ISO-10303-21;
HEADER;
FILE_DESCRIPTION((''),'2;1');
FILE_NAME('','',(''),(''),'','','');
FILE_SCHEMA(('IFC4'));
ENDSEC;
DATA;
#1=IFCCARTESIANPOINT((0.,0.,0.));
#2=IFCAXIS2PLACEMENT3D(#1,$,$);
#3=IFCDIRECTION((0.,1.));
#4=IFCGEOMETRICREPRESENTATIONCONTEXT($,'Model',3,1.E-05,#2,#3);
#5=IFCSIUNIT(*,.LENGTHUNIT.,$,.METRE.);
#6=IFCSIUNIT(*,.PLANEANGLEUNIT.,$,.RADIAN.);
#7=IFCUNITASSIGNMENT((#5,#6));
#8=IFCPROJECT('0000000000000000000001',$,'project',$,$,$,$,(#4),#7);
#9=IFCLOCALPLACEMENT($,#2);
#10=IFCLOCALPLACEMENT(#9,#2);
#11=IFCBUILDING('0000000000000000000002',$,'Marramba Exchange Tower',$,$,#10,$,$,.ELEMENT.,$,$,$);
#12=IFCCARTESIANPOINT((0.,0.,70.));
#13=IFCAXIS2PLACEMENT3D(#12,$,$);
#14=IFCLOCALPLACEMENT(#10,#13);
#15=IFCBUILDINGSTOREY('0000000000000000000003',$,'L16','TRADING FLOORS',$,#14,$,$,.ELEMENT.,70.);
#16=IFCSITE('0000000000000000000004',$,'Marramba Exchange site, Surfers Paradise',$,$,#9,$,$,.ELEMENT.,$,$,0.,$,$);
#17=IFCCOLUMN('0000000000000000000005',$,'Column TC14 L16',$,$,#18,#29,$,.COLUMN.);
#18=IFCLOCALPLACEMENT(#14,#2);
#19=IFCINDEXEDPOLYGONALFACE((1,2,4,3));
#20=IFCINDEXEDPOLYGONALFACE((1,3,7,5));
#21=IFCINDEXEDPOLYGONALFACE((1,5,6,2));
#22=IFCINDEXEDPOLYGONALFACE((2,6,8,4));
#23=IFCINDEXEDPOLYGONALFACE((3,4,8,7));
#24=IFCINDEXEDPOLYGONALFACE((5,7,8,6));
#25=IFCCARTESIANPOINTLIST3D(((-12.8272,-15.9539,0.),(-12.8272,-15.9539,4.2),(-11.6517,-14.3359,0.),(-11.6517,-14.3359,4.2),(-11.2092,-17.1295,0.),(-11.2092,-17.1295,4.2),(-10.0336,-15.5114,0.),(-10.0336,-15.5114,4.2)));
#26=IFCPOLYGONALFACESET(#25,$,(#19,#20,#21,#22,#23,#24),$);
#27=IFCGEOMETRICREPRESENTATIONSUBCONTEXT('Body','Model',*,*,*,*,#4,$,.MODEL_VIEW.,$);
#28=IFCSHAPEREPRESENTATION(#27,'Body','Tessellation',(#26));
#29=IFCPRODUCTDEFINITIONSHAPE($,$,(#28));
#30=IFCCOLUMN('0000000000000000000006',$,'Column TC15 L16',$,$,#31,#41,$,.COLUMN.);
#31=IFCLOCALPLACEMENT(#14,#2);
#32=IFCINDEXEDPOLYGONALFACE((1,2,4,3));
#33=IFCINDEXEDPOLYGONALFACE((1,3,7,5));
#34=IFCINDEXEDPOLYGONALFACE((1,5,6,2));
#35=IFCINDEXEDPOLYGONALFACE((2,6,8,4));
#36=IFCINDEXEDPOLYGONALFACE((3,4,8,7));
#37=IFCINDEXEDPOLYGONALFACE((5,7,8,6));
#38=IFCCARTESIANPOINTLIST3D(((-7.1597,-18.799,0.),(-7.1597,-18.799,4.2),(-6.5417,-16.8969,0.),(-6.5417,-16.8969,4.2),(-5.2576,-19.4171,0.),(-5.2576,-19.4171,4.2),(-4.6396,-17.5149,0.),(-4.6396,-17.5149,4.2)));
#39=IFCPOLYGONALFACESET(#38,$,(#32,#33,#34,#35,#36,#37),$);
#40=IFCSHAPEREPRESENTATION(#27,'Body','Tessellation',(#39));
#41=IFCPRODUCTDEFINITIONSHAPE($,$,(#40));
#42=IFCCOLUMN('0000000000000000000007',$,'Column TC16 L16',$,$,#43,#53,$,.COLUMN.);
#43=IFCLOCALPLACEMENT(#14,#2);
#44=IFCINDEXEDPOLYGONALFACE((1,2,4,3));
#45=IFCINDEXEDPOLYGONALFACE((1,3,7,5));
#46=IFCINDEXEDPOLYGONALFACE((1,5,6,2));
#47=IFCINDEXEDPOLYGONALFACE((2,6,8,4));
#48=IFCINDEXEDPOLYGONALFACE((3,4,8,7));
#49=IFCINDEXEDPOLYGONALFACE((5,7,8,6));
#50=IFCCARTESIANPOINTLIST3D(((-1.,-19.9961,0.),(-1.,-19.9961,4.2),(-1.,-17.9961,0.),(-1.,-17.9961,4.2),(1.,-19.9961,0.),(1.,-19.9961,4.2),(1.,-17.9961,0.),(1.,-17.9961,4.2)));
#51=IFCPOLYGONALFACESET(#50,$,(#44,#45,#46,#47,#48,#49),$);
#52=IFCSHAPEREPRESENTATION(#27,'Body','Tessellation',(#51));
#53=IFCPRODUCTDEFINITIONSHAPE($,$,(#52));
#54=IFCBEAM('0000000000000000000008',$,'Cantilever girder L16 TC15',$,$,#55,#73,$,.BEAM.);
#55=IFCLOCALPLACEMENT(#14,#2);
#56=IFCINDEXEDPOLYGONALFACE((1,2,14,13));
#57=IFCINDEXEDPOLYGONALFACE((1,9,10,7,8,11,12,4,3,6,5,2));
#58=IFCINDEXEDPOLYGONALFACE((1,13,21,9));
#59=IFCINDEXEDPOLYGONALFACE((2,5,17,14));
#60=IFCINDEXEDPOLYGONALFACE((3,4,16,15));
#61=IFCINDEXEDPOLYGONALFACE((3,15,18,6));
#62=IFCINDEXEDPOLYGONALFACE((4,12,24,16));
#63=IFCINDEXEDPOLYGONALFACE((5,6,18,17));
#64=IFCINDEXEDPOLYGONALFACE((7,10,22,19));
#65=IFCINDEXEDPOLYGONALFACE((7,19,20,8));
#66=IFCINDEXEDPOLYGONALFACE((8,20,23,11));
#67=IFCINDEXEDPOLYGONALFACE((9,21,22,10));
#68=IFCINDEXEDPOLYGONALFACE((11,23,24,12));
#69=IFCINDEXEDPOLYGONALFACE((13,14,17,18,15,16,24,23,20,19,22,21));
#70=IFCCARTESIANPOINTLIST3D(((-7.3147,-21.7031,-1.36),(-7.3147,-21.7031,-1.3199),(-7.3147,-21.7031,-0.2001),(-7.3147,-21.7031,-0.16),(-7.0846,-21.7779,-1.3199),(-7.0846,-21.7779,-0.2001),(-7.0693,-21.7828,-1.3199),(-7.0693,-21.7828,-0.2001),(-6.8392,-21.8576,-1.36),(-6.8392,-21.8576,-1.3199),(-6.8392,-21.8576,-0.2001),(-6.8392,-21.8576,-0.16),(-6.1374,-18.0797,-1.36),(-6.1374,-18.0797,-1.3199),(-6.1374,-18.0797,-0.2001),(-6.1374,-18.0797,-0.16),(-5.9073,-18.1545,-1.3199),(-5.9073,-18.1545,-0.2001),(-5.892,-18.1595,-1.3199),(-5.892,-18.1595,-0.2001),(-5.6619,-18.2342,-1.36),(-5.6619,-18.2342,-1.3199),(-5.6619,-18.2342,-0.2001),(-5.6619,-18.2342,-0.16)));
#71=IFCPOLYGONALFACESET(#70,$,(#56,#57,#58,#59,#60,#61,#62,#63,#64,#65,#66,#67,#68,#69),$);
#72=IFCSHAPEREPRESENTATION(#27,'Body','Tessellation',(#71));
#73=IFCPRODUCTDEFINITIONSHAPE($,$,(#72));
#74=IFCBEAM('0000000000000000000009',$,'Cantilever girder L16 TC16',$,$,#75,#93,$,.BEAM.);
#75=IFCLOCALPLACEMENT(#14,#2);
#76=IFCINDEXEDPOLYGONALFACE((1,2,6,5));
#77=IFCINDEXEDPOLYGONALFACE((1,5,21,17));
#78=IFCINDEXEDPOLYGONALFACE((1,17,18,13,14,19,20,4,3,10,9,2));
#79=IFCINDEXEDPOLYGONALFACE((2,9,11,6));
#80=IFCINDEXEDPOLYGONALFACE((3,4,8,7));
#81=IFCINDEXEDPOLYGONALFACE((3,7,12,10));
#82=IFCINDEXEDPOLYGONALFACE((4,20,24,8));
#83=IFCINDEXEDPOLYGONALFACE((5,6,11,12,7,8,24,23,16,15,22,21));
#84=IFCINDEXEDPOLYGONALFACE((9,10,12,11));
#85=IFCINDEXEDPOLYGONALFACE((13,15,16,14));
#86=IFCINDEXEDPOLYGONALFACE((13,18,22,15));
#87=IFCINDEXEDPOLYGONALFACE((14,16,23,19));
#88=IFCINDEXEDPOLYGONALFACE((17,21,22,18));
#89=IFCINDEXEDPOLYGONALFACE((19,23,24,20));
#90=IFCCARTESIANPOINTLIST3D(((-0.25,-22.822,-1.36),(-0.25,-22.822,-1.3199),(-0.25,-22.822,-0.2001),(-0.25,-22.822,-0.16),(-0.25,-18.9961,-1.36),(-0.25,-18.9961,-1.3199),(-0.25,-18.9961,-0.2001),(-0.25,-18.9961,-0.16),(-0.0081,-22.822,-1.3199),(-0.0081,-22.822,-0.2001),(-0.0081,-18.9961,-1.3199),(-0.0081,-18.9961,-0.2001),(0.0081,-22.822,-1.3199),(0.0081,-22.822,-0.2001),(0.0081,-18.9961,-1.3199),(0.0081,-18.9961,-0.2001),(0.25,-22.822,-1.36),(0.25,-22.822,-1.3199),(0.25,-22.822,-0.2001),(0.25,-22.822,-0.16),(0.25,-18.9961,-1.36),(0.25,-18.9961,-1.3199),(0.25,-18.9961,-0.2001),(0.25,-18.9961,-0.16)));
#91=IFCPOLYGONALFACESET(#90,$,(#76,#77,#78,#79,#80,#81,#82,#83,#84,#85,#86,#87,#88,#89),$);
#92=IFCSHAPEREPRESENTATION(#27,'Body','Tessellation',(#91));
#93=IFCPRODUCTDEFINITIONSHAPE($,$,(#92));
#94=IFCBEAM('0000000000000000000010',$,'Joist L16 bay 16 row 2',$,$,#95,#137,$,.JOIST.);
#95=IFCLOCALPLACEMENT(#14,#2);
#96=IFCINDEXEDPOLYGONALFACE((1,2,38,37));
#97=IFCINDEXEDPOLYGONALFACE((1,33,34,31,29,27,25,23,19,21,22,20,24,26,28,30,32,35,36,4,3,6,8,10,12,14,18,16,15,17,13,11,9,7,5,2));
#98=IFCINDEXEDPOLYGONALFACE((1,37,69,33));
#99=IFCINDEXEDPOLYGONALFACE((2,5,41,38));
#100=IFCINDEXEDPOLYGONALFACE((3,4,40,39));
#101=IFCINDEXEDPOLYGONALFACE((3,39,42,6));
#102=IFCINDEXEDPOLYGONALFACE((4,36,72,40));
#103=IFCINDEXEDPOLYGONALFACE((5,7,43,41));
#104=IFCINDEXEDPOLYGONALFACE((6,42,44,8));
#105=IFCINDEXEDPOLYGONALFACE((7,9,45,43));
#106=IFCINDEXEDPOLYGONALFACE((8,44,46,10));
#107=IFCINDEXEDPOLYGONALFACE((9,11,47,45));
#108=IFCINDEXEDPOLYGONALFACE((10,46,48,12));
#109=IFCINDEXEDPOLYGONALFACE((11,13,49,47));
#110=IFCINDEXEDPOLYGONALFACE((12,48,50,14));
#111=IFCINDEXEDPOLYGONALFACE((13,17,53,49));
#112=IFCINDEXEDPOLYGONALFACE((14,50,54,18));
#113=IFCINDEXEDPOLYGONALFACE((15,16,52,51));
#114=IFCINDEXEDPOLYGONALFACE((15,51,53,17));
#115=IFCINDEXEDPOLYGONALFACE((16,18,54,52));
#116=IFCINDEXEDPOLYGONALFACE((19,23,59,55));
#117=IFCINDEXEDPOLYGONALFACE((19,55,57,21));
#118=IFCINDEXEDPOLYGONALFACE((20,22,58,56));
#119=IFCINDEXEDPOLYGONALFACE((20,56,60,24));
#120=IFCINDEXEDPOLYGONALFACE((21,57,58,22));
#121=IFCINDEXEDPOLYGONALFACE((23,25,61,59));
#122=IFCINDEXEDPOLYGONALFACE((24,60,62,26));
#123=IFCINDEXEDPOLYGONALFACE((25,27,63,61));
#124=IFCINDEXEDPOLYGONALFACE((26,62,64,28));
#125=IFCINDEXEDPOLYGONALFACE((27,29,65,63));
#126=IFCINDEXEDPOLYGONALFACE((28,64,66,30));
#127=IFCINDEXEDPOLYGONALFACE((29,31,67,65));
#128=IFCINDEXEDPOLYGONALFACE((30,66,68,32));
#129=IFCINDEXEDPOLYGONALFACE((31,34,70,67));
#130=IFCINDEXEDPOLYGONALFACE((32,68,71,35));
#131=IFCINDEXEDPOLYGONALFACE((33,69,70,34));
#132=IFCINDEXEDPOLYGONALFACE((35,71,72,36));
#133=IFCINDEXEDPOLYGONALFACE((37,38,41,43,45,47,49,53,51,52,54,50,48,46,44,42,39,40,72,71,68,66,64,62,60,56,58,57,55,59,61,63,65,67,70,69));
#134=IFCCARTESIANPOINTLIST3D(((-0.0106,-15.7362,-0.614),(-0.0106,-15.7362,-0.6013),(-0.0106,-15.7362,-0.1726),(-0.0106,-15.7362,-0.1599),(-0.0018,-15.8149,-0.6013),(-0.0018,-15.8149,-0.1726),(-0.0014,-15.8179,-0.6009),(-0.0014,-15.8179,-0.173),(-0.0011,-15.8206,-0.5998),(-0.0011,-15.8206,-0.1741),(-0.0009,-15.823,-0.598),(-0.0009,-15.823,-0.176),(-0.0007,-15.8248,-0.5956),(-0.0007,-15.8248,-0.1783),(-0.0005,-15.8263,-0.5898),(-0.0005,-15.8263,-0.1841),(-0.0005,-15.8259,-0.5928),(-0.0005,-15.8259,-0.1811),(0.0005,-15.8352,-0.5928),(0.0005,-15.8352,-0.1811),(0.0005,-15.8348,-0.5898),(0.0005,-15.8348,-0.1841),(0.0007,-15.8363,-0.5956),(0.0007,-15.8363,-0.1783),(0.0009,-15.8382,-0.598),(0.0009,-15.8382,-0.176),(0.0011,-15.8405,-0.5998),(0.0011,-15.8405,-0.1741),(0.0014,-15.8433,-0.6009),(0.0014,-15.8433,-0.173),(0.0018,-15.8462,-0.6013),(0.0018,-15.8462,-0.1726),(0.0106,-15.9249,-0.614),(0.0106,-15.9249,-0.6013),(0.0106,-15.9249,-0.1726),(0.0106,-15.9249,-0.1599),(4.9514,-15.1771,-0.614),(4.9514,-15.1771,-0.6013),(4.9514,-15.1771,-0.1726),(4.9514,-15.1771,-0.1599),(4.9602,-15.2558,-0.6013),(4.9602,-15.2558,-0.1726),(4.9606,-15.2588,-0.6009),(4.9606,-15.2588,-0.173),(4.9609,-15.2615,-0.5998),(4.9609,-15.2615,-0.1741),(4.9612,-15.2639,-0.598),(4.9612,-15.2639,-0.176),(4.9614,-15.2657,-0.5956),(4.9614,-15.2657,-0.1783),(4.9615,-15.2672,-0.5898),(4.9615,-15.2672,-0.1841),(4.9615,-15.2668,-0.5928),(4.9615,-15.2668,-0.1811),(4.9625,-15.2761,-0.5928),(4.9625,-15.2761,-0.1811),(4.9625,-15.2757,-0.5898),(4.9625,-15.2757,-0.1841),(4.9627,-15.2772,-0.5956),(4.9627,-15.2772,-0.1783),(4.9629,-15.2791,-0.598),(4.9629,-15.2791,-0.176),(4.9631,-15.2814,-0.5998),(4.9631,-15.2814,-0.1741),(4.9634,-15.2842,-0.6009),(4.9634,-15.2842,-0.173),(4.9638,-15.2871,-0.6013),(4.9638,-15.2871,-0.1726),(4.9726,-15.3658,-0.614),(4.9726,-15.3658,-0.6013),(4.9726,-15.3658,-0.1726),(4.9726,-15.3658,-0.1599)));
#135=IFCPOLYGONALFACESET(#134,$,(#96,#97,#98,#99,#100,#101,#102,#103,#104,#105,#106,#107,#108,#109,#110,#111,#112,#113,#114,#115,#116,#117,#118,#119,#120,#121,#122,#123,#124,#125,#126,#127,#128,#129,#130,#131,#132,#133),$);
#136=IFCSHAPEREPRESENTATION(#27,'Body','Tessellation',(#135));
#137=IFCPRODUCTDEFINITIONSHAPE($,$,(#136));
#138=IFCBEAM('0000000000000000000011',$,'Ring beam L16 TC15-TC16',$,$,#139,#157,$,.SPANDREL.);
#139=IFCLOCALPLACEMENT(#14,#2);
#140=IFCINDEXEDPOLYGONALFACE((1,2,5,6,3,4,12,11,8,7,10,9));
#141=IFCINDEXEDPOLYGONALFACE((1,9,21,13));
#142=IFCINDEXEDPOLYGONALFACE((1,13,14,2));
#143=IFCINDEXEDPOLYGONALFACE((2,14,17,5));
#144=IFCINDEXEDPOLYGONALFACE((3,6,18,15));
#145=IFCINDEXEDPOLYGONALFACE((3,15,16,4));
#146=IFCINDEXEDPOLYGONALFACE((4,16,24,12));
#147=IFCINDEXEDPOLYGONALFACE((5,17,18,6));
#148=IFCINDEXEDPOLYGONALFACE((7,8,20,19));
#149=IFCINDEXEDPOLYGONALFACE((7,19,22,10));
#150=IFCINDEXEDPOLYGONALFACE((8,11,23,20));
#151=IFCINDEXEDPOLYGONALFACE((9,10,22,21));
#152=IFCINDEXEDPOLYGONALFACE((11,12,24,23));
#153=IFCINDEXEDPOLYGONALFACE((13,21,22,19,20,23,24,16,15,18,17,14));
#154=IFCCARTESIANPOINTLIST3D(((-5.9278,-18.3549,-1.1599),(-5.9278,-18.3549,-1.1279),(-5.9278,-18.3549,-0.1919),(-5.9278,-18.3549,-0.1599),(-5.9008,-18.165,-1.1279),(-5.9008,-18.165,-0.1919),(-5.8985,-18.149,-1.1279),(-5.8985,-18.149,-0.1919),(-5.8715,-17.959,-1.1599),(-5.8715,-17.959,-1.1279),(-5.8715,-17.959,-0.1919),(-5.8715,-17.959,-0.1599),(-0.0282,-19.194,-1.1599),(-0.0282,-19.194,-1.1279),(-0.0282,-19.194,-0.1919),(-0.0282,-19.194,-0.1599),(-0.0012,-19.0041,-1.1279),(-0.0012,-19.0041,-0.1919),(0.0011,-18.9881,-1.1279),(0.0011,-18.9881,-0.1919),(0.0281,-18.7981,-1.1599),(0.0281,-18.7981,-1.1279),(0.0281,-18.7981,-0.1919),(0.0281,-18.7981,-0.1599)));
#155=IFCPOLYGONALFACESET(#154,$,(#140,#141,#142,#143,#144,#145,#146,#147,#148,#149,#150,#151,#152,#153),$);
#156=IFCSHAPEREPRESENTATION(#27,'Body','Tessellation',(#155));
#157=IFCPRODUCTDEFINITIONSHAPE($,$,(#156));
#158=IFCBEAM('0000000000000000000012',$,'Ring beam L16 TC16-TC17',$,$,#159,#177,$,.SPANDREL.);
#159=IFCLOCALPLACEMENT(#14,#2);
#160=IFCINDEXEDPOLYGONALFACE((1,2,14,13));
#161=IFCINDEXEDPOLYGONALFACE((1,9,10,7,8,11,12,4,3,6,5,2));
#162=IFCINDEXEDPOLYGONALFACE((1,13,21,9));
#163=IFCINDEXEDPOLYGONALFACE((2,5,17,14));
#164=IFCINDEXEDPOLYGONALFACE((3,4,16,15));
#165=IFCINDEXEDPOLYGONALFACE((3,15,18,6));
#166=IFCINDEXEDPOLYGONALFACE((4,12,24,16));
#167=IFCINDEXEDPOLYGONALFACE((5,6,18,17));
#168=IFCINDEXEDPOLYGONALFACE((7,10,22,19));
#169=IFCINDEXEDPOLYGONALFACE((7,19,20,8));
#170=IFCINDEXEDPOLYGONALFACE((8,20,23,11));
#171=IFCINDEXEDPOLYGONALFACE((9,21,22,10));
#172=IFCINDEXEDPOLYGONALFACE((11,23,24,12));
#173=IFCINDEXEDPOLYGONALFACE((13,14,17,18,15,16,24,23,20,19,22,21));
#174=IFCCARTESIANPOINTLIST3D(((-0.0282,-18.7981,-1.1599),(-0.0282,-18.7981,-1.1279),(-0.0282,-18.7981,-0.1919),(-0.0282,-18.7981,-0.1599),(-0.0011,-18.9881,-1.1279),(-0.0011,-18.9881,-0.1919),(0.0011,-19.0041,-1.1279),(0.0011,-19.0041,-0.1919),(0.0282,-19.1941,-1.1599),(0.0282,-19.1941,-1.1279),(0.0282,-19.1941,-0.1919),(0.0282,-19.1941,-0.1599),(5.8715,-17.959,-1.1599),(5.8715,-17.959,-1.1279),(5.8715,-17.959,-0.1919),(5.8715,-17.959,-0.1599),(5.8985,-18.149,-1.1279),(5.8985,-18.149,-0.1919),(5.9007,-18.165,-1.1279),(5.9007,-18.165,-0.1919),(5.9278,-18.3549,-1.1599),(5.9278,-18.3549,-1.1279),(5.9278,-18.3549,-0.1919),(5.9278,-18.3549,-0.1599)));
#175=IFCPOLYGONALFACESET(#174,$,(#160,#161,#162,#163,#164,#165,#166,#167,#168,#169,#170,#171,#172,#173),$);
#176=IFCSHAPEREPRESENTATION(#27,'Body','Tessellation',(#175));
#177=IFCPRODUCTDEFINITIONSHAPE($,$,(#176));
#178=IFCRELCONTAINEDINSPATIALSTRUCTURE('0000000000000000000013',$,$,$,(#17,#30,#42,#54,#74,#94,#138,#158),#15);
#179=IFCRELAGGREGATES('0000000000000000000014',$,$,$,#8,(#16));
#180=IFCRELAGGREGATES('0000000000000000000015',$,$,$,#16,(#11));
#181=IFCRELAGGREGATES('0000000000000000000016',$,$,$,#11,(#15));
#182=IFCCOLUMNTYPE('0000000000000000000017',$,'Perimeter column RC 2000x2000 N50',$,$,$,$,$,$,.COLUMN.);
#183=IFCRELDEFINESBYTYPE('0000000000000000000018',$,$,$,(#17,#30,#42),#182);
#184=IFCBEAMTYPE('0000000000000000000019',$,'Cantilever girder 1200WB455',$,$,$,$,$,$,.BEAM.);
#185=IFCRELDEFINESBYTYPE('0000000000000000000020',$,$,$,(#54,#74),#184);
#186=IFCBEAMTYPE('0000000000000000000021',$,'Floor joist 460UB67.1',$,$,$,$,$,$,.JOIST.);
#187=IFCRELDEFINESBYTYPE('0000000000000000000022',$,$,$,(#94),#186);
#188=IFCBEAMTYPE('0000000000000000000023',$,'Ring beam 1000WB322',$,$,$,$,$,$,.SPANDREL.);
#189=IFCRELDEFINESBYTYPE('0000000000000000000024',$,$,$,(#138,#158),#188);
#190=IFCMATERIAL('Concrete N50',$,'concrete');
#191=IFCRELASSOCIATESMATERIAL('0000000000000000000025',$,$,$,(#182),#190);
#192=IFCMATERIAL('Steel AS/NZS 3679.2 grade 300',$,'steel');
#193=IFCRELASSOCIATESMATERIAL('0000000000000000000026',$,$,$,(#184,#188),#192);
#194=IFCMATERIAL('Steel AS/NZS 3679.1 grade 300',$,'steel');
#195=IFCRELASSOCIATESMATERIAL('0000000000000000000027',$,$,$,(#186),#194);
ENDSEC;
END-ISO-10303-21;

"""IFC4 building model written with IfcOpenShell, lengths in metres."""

from ifc_helpers import new_model, si_unit, direction, frame, origin, origin_2d, place, context, subcontext, project, spatial, rectangle, i_section, extrude, material, material_profile, profile_set, type_object, element, save


model = new_model("IFC4")

# Units and contexts
model_context = context("Model", 3, precision=1e-05, world=origin(), true_north=direction((0.0, 1.0)))
body_context = subcontext(model_context, "Body", "Model", "MODEL_VIEW")
ifc_project = project(units=[si_unit("LENGTHUNIT", "METRE"), si_unit("PLANEANGLEUNIT", "RADIAN")], contexts=[model_context])

# Site, building, storey
site_placement = place(None, origin())
site = spatial("IfcSite", under=ifc_project, at=site_placement, Name="Marramba Exchange site, Surfers Paradise", CompositionType="ELEMENT", RefElevation=0.0)
building_placement = place(site_placement, origin())
building = spatial("IfcBuilding", under=site, at=building_placement, Name="Marramba Exchange Tower", CompositionType="ELEMENT")
storey_placement = place(building_placement, frame((0.0, 0.0, 70.0)))
storey = spatial("IfcBuildingStorey", under=building, at=storey_placement, Name="L16", Description="TRADING FLOORS", CompositionType="ELEMENT", Elevation=70.0)

# Columns
ifc_material_1 = material(Name="Concrete N50", Category="concrete")
ifc_material_profile_1 = material_profile(ifc_material_1, rectangle(XDim=2.0, YDim=2.0, at=origin_2d()), Name="RC 2000x2000")
ifc_profile_set_1 = profile_set([ifc_material_profile_1], Name="Concrete N50")
column_type = type_object("IfcColumnType", Name="Perimeter column RC 2000x2000 N50", PredefinedType="COLUMN", material=ifc_profile_set_1)
for number, where, z_axis, x_axis, name in (
    (1, (-11.4304, -15.7327, 0.0), (0.0, 0.0, 1.0), (-0.587785, -0.809017, 0.0), "Column TC14 L16"),
    (2, (-5.8997, -18.157, 0.0), (0.0, 0.0, 1.0), (-0.309017, -0.951057, 0.0), "Column TC15 L16"),
    (3, (0.0, -18.9961, 0.0), (0.0, 0.0, 1.0), (0.0, -1.0, 0.0), "Column TC16 L16"),
):
    element("IfcColumn", number, at=place(storey_placement, frame(where, z_axis=z_axis, x_axis=x_axis)), inside=storey, type_object=column_type, Name=name, PredefinedType="COLUMN", context=body_context, shape_type="SweptSolid", body=[
        extrude(rectangle(XDim=2.0, YDim=2.0, at=origin_2d()), origin(), (0.0, 0.0, 1.0), 4.2),
    ])

# Beams
ifc_material_2 = material(Name="Steel AS/NZS 3679.2 grade 300", Category="steel")
ifc_material_profile_2 = material_profile(ifc_material_2, i_section(OverallWidth=0.5, OverallDepth=1.2, WebThickness=0.0161, FlangeThickness=0.04, at=origin_2d()), Name="1200WB455")
ifc_profile_set_2 = profile_set([ifc_material_profile_2], Name="Steel AS/NZS 3679.2 grade 300")
beam_type_1 = type_object("IfcBeamType", Name="Cantilever girder 1200WB455", PredefinedType="BEAM", material=ifc_profile_set_2)
beam_1_placement = place(storey_placement, frame((-5.8997, -18.157, -0.76), z_axis=(-0.309009, -0.951059, 0.0), x_axis=(0.951059, -0.309009, 0.0)))
element("IfcBeam", 4, at=beam_1_placement, inside=storey, type_object=beam_type_1, Name="Cantilever girder L16 TC15", PredefinedType="BEAM", context=body_context, shape_type="SweptSolid", body=[
    extrude(i_section(OverallWidth=0.5, OverallDepth=1.2, WebThickness=0.0161, FlangeThickness=0.04, at=origin_2d()), origin(), (0.0, 0.0, 1.0), 3.8098),
])
beam_2_placement = place(storey_placement, frame((0.0, -18.9961, -0.76), z_axis=(0.0, -1.0, 0.0), x_axis=(1.0, 0.0, 0.0)))
element("IfcBeam", 5, at=beam_2_placement, inside=storey, type_object=beam_type_1, Name="Cantilever girder L16 TC16", PredefinedType="BEAM", context=body_context, shape_type="SweptSolid", body=[
    extrude(i_section(OverallWidth=0.5, OverallDepth=1.2, WebThickness=0.0161, FlangeThickness=0.04, at=origin_2d()), origin(), (0.0, 0.0, 1.0), 3.8259),
])
ifc_material_3 = material(Name="Steel AS/NZS 3679.1 grade 300", Category="steel")
ifc_material_profile_3 = material_profile(ifc_material_3, i_section(OverallWidth=0.1899, OverallDepth=0.4541, WebThickness=0.0085, FlangeThickness=0.0127, FilletRadius=0.0115, at=origin_2d()), Name="460UB67.1")
ifc_profile_set_3 = profile_set([ifc_material_profile_3], Name="Steel AS/NZS 3679.1 grade 300")
beam_type_2 = type_object("IfcBeamType", Name="Floor joist 460UB67.1", PredefinedType="JOIST", material=ifc_profile_set_3)
beam_3_placement = place(storey_placement, frame((0.0, -15.8306, -0.387), z_axis=(0.993712, 0.111966, 0.0), x_axis=(-0.111966, 0.993712, 0.0)))
element("IfcBeam", 6, at=beam_3_placement, inside=storey, type_object=beam_type_2, Name="Joist L16 bay 16 row 2", PredefinedType="JOIST", context=body_context, shape_type="SweptSolid", body=[
    extrude(i_section(OverallWidth=0.1899, OverallDepth=0.4541, WebThickness=0.0085, FlangeThickness=0.0127, FilletRadius=0.0115, at=origin_2d()), origin(), (0.0, 0.0, 1.0), 4.9934),
])
ifc_material_profile_4 = material_profile(ifc_material_2, i_section(OverallWidth=0.3999, OverallDepth=1.0, WebThickness=0.0161, FlangeThickness=0.032, at=origin_2d()), Name="1000WB322")
ifc_profile_set_4 = profile_set([ifc_material_profile_4], Name="Steel AS/NZS 3679.2 grade 300")
beam_type_3 = type_object("IfcBeamType", Name="Ring beam 1000WB322", PredefinedType="SPANDREL", material=ifc_profile_set_4)
for number, where, z_axis, x_axis, name in (
    (7, (-5.8997, -18.157, -0.6599), (0.990036, -0.140813, 0.0), (0.140813, 0.990036, 0.0), "Ring beam L16 TC15-TC16"),
    (8, (0.0, -18.9961, -0.6599), (0.990036, 0.140813, 0.0), (-0.140813, 0.990036, 0.0), "Ring beam L16 TC16-TC17"),
):
    element("IfcBeam", number, at=place(storey_placement, frame(where, z_axis=z_axis, x_axis=x_axis)), inside=storey, type_object=beam_type_3, Name=name, PredefinedType="SPANDREL", context=body_context, shape_type="SweptSolid", body=[
        extrude(i_section(OverallWidth=0.3999, OverallDepth=1.0, WebThickness=0.0161, FlangeThickness=0.032, at=origin_2d()), origin(), (0.0, 0.0, 1.0), 5.959),
    ])

save(model, "model.ifc")
